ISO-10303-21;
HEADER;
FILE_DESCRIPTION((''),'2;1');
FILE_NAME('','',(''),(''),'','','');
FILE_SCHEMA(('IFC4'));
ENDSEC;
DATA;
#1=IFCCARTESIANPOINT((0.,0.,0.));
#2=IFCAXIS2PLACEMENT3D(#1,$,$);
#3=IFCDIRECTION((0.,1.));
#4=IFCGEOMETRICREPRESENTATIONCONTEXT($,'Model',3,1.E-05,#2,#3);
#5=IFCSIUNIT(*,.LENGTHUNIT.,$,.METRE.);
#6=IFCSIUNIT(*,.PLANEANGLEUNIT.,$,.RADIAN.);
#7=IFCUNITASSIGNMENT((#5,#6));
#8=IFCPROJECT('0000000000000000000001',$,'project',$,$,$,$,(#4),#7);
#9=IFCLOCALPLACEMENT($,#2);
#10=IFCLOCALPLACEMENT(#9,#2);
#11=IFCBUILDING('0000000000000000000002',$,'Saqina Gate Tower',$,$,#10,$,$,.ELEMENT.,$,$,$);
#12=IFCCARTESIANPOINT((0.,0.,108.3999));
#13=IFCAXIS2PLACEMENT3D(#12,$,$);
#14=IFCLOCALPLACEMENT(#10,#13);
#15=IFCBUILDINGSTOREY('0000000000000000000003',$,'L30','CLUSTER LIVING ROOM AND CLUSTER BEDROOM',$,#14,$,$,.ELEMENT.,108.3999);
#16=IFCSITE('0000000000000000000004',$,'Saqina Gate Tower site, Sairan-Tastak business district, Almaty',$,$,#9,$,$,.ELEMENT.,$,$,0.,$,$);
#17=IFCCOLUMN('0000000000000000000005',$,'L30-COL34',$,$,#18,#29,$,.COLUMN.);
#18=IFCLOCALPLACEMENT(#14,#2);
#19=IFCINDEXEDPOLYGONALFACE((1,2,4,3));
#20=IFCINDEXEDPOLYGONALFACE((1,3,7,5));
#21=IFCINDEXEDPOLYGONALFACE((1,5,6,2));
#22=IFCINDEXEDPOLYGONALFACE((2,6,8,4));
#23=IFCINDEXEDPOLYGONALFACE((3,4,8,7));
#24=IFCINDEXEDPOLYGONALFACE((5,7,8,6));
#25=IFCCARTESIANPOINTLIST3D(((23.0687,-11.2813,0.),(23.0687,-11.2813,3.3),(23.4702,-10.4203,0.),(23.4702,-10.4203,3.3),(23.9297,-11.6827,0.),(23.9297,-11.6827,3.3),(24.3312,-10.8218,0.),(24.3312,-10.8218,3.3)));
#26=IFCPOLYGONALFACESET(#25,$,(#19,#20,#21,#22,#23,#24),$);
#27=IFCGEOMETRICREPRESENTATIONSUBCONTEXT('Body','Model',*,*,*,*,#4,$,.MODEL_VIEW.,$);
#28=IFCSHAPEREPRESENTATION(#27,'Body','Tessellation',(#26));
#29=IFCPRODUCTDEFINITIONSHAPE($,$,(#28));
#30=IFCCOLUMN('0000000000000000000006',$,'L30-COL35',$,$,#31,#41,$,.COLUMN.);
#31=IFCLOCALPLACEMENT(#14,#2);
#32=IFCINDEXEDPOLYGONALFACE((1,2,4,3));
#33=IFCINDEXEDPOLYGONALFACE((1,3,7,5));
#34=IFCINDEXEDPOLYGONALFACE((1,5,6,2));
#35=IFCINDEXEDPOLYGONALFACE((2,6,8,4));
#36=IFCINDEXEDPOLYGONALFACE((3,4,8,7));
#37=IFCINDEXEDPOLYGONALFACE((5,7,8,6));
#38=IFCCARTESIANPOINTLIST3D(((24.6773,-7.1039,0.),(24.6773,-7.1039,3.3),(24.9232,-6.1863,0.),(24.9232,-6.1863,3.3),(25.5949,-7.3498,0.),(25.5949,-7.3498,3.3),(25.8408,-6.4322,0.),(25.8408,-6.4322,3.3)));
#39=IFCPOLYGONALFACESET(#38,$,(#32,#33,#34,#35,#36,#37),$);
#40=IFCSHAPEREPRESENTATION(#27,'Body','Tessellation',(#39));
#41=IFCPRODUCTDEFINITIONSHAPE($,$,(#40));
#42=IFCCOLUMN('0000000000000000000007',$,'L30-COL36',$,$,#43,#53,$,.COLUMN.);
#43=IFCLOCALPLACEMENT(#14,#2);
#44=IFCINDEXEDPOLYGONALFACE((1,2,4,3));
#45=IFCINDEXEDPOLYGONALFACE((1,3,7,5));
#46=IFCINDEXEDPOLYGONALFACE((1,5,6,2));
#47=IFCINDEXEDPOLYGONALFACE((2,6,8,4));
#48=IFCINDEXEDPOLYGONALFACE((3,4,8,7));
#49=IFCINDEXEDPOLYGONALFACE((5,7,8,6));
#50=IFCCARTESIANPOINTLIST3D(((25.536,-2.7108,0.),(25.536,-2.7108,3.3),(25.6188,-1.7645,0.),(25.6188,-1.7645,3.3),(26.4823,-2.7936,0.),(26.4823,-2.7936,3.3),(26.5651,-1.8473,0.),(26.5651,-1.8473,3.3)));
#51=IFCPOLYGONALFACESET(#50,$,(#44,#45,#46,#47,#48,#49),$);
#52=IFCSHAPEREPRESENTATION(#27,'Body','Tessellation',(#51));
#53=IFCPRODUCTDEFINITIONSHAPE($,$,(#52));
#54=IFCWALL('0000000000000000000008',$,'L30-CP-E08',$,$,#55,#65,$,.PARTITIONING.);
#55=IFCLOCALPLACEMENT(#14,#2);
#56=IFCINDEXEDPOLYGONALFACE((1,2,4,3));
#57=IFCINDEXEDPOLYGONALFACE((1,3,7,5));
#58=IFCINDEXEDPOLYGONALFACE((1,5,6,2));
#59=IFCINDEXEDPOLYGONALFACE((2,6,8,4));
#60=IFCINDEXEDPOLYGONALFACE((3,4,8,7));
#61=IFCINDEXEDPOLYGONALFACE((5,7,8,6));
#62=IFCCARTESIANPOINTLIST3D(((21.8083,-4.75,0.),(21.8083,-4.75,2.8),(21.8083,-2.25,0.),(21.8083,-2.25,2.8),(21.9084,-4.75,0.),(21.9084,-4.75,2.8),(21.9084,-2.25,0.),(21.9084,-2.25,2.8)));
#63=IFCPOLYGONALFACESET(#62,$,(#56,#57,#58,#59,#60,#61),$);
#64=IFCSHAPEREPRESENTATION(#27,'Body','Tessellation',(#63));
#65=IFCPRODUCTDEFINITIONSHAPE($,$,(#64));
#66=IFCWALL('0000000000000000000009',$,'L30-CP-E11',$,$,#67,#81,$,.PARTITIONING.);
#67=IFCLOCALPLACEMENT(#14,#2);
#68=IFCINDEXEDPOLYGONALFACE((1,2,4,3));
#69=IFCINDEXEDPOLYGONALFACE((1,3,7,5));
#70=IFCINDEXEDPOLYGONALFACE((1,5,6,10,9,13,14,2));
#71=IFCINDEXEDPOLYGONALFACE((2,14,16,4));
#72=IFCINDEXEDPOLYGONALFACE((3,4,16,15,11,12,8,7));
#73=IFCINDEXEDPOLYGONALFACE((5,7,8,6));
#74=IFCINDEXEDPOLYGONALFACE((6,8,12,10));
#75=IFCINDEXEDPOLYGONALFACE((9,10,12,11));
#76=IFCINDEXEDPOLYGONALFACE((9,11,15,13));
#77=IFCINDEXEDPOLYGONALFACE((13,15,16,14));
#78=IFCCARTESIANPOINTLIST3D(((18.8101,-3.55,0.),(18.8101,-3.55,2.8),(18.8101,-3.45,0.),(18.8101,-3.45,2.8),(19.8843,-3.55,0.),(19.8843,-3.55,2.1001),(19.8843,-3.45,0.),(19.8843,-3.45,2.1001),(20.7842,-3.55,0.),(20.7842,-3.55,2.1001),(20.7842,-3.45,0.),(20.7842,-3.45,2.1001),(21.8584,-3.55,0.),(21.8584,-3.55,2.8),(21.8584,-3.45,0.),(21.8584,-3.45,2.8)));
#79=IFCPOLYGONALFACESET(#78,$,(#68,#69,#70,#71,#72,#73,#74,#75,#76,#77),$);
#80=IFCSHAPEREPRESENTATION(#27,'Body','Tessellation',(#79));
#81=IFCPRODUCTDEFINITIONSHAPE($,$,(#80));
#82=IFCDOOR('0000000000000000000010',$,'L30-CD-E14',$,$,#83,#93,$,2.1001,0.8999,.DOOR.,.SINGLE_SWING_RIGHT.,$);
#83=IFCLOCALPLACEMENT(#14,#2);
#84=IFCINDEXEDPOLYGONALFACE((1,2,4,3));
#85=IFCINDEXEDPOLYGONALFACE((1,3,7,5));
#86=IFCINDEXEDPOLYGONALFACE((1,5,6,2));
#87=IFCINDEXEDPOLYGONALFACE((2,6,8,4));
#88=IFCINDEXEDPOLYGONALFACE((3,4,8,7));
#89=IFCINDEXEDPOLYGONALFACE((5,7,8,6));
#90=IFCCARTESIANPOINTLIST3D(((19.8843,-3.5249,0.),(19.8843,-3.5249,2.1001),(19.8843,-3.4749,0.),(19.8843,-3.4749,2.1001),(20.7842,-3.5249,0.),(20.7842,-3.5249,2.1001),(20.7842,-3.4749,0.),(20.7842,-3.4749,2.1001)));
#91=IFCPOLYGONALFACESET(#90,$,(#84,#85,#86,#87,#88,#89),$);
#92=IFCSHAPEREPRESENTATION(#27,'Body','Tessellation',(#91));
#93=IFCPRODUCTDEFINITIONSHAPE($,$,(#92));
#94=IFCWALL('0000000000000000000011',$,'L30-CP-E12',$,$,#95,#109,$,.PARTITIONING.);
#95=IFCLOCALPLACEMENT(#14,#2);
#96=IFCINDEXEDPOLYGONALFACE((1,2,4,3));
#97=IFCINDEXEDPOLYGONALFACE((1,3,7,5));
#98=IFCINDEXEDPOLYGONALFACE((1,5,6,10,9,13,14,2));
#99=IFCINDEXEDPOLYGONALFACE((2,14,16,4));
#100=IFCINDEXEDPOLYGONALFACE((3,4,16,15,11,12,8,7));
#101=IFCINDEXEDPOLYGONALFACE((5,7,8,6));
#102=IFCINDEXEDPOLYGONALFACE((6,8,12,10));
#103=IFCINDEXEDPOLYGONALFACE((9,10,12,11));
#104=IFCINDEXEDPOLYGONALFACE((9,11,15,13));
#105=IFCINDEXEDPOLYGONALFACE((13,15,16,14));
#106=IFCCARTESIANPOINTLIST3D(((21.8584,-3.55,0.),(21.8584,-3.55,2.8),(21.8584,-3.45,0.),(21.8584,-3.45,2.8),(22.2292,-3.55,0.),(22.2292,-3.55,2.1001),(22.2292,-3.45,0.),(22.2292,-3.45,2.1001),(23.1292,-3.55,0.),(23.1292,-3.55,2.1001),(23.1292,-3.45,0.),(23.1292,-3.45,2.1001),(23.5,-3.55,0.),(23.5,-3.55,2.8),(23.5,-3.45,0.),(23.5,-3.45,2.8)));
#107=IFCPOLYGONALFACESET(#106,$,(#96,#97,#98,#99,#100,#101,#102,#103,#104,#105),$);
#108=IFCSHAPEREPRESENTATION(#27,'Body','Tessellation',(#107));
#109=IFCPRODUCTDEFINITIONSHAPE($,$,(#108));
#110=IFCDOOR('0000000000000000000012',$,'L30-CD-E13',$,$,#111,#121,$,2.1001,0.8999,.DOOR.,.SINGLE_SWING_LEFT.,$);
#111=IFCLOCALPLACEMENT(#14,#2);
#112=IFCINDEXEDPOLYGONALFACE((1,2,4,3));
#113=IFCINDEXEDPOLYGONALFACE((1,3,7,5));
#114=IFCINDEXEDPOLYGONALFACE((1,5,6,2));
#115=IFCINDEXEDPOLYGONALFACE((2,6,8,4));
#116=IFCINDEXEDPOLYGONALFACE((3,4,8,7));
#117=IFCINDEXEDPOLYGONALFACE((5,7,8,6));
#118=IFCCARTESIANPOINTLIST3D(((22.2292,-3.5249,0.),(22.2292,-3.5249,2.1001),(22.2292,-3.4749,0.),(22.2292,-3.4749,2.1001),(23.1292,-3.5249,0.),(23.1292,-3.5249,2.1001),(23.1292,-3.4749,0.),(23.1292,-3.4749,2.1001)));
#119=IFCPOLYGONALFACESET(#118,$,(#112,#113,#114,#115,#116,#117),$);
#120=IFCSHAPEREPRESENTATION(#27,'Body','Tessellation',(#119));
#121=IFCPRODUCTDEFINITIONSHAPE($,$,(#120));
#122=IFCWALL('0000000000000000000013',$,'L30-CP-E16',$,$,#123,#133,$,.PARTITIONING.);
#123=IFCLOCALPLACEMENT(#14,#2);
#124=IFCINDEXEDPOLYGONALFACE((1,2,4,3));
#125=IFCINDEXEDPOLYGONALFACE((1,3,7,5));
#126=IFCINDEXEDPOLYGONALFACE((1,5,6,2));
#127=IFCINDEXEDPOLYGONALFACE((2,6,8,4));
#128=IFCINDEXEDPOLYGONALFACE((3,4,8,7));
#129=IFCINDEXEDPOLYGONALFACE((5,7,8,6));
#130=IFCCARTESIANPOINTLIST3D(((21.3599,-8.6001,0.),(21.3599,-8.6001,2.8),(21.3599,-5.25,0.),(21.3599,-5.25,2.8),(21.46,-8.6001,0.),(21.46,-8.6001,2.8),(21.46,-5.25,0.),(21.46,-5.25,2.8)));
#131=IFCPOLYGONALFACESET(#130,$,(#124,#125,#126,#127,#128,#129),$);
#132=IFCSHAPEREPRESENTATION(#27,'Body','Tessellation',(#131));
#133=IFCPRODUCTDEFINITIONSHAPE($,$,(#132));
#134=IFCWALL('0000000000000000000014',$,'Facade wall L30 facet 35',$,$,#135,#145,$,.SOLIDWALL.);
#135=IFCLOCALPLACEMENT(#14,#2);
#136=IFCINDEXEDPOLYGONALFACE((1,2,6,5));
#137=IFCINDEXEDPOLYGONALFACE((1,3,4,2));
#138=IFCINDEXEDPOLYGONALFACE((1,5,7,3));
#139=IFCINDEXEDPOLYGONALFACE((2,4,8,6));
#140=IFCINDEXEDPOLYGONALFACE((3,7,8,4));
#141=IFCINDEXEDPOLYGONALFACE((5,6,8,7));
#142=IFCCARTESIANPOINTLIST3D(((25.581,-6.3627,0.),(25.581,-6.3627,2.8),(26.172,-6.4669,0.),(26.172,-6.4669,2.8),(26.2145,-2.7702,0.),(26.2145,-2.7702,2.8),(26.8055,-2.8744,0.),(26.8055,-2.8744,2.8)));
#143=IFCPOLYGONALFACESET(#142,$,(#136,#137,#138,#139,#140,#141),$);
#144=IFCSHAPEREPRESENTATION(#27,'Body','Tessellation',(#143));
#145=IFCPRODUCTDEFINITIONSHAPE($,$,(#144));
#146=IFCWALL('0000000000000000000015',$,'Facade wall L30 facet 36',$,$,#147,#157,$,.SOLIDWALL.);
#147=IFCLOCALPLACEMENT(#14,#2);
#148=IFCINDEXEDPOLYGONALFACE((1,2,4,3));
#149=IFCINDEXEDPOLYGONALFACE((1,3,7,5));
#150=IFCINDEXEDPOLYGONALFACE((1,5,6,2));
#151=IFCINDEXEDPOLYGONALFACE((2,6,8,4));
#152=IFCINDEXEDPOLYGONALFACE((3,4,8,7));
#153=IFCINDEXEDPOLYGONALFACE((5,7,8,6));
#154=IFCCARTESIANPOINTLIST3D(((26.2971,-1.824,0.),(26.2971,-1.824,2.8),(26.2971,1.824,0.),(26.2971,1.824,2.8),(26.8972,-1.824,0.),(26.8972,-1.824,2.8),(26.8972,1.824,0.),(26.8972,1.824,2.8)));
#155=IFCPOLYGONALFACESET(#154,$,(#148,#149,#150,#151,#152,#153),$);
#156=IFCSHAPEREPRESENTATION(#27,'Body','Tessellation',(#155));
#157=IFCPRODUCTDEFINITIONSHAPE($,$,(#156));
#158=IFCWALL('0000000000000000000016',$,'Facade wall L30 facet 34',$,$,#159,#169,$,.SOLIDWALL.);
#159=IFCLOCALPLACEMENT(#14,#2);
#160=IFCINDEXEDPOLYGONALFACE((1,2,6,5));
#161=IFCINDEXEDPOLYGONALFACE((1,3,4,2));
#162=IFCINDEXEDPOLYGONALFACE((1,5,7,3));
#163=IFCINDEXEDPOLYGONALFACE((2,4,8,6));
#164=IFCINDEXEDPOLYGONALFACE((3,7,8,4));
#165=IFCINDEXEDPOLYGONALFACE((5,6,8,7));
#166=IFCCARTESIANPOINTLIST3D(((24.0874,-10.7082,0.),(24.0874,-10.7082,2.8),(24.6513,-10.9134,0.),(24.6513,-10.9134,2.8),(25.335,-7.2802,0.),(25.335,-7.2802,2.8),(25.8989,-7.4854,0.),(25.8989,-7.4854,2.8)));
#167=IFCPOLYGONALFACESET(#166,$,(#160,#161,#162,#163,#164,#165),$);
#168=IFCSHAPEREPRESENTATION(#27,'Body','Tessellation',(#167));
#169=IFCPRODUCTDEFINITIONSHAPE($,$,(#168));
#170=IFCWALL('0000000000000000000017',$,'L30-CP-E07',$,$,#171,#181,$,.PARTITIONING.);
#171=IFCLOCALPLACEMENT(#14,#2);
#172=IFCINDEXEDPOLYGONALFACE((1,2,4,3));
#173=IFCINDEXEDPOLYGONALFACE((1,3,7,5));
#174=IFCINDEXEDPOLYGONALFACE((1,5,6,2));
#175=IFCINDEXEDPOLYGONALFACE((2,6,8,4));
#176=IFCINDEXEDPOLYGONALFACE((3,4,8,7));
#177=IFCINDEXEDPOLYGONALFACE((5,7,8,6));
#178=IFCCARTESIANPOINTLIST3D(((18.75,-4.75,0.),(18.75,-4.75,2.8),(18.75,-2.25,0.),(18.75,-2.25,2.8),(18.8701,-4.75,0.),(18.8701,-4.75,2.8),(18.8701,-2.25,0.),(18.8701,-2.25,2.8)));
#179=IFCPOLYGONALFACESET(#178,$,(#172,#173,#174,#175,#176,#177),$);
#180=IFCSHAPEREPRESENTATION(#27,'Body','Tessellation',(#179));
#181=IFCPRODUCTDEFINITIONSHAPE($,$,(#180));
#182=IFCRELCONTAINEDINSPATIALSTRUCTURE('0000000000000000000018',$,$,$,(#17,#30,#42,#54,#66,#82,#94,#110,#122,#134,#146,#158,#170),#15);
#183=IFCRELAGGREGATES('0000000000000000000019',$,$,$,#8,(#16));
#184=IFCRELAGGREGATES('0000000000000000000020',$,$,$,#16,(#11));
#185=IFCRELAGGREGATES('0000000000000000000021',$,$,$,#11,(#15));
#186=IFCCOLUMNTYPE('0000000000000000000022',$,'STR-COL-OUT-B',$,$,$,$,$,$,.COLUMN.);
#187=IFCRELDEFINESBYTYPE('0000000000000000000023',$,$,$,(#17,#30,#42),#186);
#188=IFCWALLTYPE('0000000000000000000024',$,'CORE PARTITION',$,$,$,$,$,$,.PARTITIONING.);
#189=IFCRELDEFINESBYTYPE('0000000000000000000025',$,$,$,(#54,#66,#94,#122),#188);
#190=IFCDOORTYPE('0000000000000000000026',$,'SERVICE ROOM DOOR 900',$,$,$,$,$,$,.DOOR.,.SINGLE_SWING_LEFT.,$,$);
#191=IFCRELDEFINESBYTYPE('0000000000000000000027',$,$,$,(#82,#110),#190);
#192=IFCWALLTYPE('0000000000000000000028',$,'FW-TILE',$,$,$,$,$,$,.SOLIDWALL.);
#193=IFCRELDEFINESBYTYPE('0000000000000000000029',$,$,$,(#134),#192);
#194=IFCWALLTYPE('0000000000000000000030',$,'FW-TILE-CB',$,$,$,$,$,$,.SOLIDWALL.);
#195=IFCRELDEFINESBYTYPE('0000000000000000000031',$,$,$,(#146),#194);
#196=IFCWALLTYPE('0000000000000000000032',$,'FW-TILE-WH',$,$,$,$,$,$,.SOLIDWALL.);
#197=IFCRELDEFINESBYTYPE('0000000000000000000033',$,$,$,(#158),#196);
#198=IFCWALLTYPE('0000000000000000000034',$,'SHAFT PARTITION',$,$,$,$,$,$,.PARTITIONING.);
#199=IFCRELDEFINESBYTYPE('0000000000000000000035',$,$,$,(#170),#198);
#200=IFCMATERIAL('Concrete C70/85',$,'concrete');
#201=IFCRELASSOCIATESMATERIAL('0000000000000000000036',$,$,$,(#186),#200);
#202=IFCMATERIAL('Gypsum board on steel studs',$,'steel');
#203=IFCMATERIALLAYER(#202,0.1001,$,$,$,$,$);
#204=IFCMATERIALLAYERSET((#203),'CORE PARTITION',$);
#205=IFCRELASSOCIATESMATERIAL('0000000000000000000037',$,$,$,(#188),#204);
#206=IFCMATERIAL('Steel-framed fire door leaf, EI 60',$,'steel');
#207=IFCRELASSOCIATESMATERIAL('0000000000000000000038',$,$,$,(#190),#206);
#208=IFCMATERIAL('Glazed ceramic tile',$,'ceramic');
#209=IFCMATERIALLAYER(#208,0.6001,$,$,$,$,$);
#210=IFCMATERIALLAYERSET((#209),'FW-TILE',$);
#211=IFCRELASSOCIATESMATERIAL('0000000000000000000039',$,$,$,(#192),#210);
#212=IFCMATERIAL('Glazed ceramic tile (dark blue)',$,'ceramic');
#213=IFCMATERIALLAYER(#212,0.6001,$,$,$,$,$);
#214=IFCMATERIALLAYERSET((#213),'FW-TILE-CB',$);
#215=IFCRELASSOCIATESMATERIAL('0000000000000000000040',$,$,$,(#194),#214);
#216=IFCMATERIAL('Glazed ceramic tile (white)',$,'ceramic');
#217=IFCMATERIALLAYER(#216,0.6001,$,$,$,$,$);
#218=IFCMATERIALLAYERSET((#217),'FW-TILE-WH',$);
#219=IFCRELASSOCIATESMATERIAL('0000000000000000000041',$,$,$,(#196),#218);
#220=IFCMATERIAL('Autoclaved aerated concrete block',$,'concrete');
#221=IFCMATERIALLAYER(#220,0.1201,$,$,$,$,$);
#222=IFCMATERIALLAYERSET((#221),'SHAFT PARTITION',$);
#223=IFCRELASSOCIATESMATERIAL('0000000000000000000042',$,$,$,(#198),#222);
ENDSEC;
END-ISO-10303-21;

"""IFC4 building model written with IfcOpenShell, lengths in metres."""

from ifc_helpers import new_model, si_unit, direction, frame, frame_2d, origin, origin_2d, place, context, subcontext, project, spatial, rectangle, extrude, material, layer, layer_set, material_profile, profile_set, type_object, element, fill, save


model = new_model("IFC4")

# Units and contexts
model_context = context("Model", 3, precision=1e-05, world=origin(), true_north=direction((0.0, 1.0)))
body_context = subcontext(model_context, "Body", "Model", "MODEL_VIEW")
ifc_project = project(units=[si_unit("LENGTHUNIT", "METRE"), si_unit("PLANEANGLEUNIT", "RADIAN")], contexts=[model_context])

# Site, building, storey
site_placement = place(None, origin())
site = spatial("IfcSite", under=ifc_project, at=site_placement, Name="Saqina Gate Tower site, Sairan-Tastak business district, Almaty", CompositionType="ELEMENT", RefElevation=0.0)
building_placement = place(site_placement, origin())
building = spatial("IfcBuilding", under=site, at=building_placement, Name="Saqina Gate Tower", CompositionType="ELEMENT")
storey_placement = place(building_placement, frame((0.0, 0.0, 108.3999)))
storey = spatial("IfcBuildingStorey", under=building, at=storey_placement, Name="L30", Description="CLUSTER LIVING ROOM AND CLUSTER BEDROOM", CompositionType="ELEMENT", Elevation=108.3999)

# Columns
ifc_material_1 = material(Name="Concrete C70/85", Category="concrete")
ifc_material_profile = material_profile(ifc_material_1, rectangle(XDim=0.95, YDim=0.95, at=origin_2d()), Name="RC 950x950")
ifc_profile_set = profile_set([ifc_material_profile], Name="Concrete C70/85")
column_type = type_object("IfcColumnType", Name="STR-COL-OUT-B", PredefinedType="COLUMN", material=ifc_profile_set)
for number, where, z_axis, x_axis, name in (
    (1, (23.7, -11.0515, 0.0), (0.0, 0.0, 1.0), (0.906308, -0.422618, 0.0), "L30-COL34"),
    (2, (25.259, -6.7681, 0.0), (0.0, 0.0, 1.0), (0.965926, -0.258819, 0.0), "L30-COL35"),
    (3, (26.0505, -2.2791, 0.0), (0.0, 0.0, 1.0), (0.996195, -0.087156, 0.0), "L30-COL36"),
):
    element("IfcColumn", number, at=place(storey_placement, frame(where, z_axis=z_axis, x_axis=x_axis)), inside=storey, type_object=column_type, Name=name, PredefinedType="COLUMN", context=body_context, shape_type="SweptSolid", body=[
        extrude(rectangle(XDim=0.95, YDim=0.95, at=origin_2d()), origin(), (0.0, 0.0, 1.0), 3.3),
    ])

# Wall
ifc_material_2 = material(Name="Gypsum board on steel studs", Category="steel")
ifc_layer_1 = layer(ifc_material_2, 0.1001)
ifc_layer_set_1 = layer_set([ifc_layer_1], Name="CORE PARTITION")
wall_type_1 = type_object("IfcWallType", Name="CORE PARTITION", PredefinedType="PARTITIONING", material=ifc_layer_set_1)
wall_1_placement = place(storey_placement, frame((21.8584, -4.75, 0.0), z_axis=(0.0, 0.0, 1.0), x_axis=(0.0, 1.0, 0.0)))
element("IfcWall", 4, at=wall_1_placement, inside=storey, type_object=wall_type_1, Name="L30-CP-E08", PredefinedType="PARTITIONING", context=body_context, shape_type="SweptSolid", body=[
    extrude(rectangle(XDim=2.5, YDim=0.1001, at=frame_2d((1.25, 0.0))), origin(), (0.0, 0.0, 1.0), 2.8),
])

# Walls, openings, doors
wall_2_placement = place(storey_placement, frame((18.8101, -3.5, 0.0), z_axis=(0.0, 0.0, 1.0), x_axis=(1.0, 0.0, 0.0)))
wall_2 = element("IfcWall", 5, at=wall_2_placement, inside=storey, type_object=wall_type_1, Name="L30-CP-E11", PredefinedType="PARTITIONING", context=body_context, shape_type="SweptSolid", body=[
    extrude(rectangle(XDim=3.0483, YDim=0.1001, at=frame_2d((1.5242, 0.0))), origin(), (0.0, 0.0, 1.0), 2.8),
])
opening_1_placement = place(wall_2_placement, frame((1.0742, 0.0, 0.0)))
opening_1 = element("IfcOpeningElement", 6, at=opening_1_placement, cuts=wall_2, PredefinedType="OPENING", context=body_context, shape_type="SweptSolid", body=[
    extrude(rectangle(XDim=0.8999, YDim=2.1001, at=frame_2d((0.45, 1.05))), frame((0.0, 0.062, 0.0), z_axis=(0.0, -1.0, 0.0), x_axis=(1.0, 0.0, 0.0)), (0.0, 0.0, 1.0), 0.124),
])
ifc_material_3 = material(Name="Steel-framed fire door leaf, EI 60", Category="steel")
door_type = type_object("IfcDoorType", Name="SERVICE ROOM DOOR 900", OperationType="SINGLE_SWING_LEFT", PredefinedType="DOOR", material=ifc_material_3)
door_1_placement = place(opening_1_placement, frame((0.8999, 0.0, 0.0), z_axis=(0.0, 0.0, 1.0), x_axis=(-1.0, 0.0, 0.0)))
door_1 = element("IfcDoor", 7, at=door_1_placement, inside=storey, type_object=door_type, Name="L30-CD-E14", OperationType="SINGLE_SWING_RIGHT", OverallHeight=2.1001, OverallWidth=0.8999, PredefinedType="DOOR", context=body_context, shape_type="SweptSolid", body=[
    extrude(rectangle(XDim=0.8999, YDim=2.1001, at=frame_2d((0.45, 1.05))), frame((0.0, 0.0249, 0.0), z_axis=(0.0, -1.0, 0.0), x_axis=(1.0, 0.0, 0.0)), (0.0, 0.0, 1.0), 0.05),
])
fill(opening_1, door_1)
wall_3_placement = place(storey_placement, frame((21.8584, -3.5, 0.0), z_axis=(0.0, 0.0, 1.0), x_axis=(1.0, 0.0, 0.0)))
wall_3 = element("IfcWall", 8, at=wall_3_placement, inside=storey, type_object=wall_type_1, Name="L30-CP-E12", PredefinedType="PARTITIONING", context=body_context, shape_type="SweptSolid", body=[
    extrude(rectangle(XDim=1.6416, YDim=0.1001, at=frame_2d((0.8208, 0.0))), origin(), (0.0, 0.0, 1.0), 2.8),
])
opening_2_placement = place(wall_3_placement, frame((0.3708, 0.0, 0.0)))
opening_2 = element("IfcOpeningElement", 9, at=opening_2_placement, cuts=wall_3, PredefinedType="OPENING", context=body_context, shape_type="SweptSolid", body=[
    extrude(rectangle(XDim=0.8999, YDim=2.1001, at=frame_2d((0.45, 1.05))), frame((0.0, 0.062, 0.0), z_axis=(0.0, -1.0, 0.0), x_axis=(1.0, 0.0, 0.0)), (0.0, 0.0, 1.0), 0.124),
])
door_2_placement = place(opening_2_placement, frame((0.8999, 0.0, 0.0), z_axis=(0.0, 0.0, 1.0), x_axis=(-1.0, 0.0, 0.0)))
door_2 = element("IfcDoor", 10, at=door_2_placement, inside=storey, type_object=door_type, Name="L30-CD-E13", OperationType="SINGLE_SWING_LEFT", OverallHeight=2.1001, OverallWidth=0.8999, PredefinedType="DOOR", context=body_context, shape_type="SweptSolid", body=[
    extrude(rectangle(XDim=0.8999, YDim=2.1001, at=frame_2d((0.45, 1.05))), frame((0.0, 0.0249, 0.0), z_axis=(0.0, -1.0, 0.0), x_axis=(1.0, 0.0, 0.0)), (0.0, 0.0, 1.0), 0.05),
])
fill(opening_2, door_2)

# Walls
wall_4_placement = place(storey_placement, frame((21.4099, -8.6001, 0.0), z_axis=(0.0, 0.0, 1.0), x_axis=(0.0, 1.0, 0.0)))
element("IfcWall", 11, at=wall_4_placement, inside=storey, type_object=wall_type_1, Name="L30-CP-E16", PredefinedType="PARTITIONING", context=body_context, shape_type="SweptSolid", body=[
    extrude(rectangle(XDim=3.3501, YDim=0.1001, at=frame_2d((1.675, 0.0))), origin(), (0.0, 0.0, 1.0), 2.8),
])
ifc_material_4 = material(Name="Glazed ceramic tile", Category="ceramic")
ifc_layer_2 = layer(ifc_material_4, 0.6001)
ifc_layer_set_2 = layer_set([ifc_layer_2], Name="FW-TILE")
wall_type_2 = type_object("IfcWallType", Name="FW-TILE", PredefinedType="SOLIDWALL", material=ifc_layer_set_2)
wall_5_placement = place(storey_placement, frame((25.8765, -6.4148, 0.0), z_axis=(0.0, 0.0, 1.0), x_axis=(0.173671, 0.984804, 0.0)))
element("IfcWall", 12, at=wall_5_placement, inside=storey, type_object=wall_type_2, Name="Facade wall L30 facet 35", PredefinedType="SOLIDWALL", context=body_context, shape_type="SweptSolid", body=[
    extrude(rectangle(XDim=3.6479, YDim=0.6001, at=frame_2d((1.824, 0.0))), origin(), (0.0, 0.0, 1.0), 2.8),
])
ifc_material_5 = material(Name="Glazed ceramic tile (dark blue)", Category="ceramic")
ifc_layer_3 = layer(ifc_material_5, 0.6001)
ifc_layer_set_3 = layer_set([ifc_layer_3], Name="FW-TILE-CB")
wall_type_3 = type_object("IfcWallType", Name="FW-TILE-CB", PredefinedType="SOLIDWALL", material=ifc_layer_set_3)
wall_6_placement = place(storey_placement, frame((26.5972, -1.824, 0.0), z_axis=(0.0, 0.0, 1.0), x_axis=(0.0, 1.0, 0.0)))
element("IfcWall", 13, at=wall_6_placement, inside=storey, type_object=wall_type_3, Name="Facade wall L30 facet 36", PredefinedType="SOLIDWALL", context=body_context, shape_type="SweptSolid", body=[
    extrude(rectangle(XDim=3.6479, YDim=0.6001, at=frame_2d((1.824, 0.0))), origin(), (0.0, 0.0, 1.0), 2.8),
])
ifc_material_6 = material(Name="Glazed ceramic tile (white)", Category="ceramic")
ifc_layer_4 = layer(ifc_material_6, 0.6001)
ifc_layer_set_4 = layer_set([ifc_layer_4], Name="FW-TILE-WH")
wall_type_4 = type_object("IfcWallType", Name="FW-TILE-WH", PredefinedType="SOLIDWALL", material=ifc_layer_set_4)
wall_7_placement = place(storey_placement, frame((24.3694, -10.8108, 0.0), z_axis=(0.0, 0.0, 1.0), x_axis=(0.34199, 0.939704, 0.0)))
element("IfcWall", 14, at=wall_7_placement, inside=storey, type_object=wall_type_4, Name="Facade wall L30 facet 34", PredefinedType="SOLIDWALL", context=body_context, shape_type="SweptSolid", body=[
    extrude(rectangle(XDim=3.6479, YDim=0.6001, at=frame_2d((1.824, 0.0))), origin(), (0.0, 0.0, 1.0), 2.8),
])
ifc_material_7 = material(Name="Autoclaved aerated concrete block", Category="concrete")
ifc_layer_5 = layer(ifc_material_7, 0.1201)
ifc_layer_set_5 = layer_set([ifc_layer_5], Name="SHAFT PARTITION")
wall_type_5 = type_object("IfcWallType", Name="SHAFT PARTITION", PredefinedType="PARTITIONING", material=ifc_layer_set_5)
wall_8_placement = place(storey_placement, frame((18.8101, -4.75, 0.0), z_axis=(0.0, 0.0, 1.0), x_axis=(0.0, 1.0, 0.0)))
element("IfcWall", 15, at=wall_8_placement, inside=storey, type_object=wall_type_5, Name="L30-CP-E07", PredefinedType="PARTITIONING", context=body_context, shape_type="SweptSolid", body=[
    extrude(rectangle(XDim=2.5, YDim=0.1201, at=frame_2d((1.25, 0.0))), origin(), (0.0, 0.0, 1.0), 2.8),
])

save(model, "model.ifc")
